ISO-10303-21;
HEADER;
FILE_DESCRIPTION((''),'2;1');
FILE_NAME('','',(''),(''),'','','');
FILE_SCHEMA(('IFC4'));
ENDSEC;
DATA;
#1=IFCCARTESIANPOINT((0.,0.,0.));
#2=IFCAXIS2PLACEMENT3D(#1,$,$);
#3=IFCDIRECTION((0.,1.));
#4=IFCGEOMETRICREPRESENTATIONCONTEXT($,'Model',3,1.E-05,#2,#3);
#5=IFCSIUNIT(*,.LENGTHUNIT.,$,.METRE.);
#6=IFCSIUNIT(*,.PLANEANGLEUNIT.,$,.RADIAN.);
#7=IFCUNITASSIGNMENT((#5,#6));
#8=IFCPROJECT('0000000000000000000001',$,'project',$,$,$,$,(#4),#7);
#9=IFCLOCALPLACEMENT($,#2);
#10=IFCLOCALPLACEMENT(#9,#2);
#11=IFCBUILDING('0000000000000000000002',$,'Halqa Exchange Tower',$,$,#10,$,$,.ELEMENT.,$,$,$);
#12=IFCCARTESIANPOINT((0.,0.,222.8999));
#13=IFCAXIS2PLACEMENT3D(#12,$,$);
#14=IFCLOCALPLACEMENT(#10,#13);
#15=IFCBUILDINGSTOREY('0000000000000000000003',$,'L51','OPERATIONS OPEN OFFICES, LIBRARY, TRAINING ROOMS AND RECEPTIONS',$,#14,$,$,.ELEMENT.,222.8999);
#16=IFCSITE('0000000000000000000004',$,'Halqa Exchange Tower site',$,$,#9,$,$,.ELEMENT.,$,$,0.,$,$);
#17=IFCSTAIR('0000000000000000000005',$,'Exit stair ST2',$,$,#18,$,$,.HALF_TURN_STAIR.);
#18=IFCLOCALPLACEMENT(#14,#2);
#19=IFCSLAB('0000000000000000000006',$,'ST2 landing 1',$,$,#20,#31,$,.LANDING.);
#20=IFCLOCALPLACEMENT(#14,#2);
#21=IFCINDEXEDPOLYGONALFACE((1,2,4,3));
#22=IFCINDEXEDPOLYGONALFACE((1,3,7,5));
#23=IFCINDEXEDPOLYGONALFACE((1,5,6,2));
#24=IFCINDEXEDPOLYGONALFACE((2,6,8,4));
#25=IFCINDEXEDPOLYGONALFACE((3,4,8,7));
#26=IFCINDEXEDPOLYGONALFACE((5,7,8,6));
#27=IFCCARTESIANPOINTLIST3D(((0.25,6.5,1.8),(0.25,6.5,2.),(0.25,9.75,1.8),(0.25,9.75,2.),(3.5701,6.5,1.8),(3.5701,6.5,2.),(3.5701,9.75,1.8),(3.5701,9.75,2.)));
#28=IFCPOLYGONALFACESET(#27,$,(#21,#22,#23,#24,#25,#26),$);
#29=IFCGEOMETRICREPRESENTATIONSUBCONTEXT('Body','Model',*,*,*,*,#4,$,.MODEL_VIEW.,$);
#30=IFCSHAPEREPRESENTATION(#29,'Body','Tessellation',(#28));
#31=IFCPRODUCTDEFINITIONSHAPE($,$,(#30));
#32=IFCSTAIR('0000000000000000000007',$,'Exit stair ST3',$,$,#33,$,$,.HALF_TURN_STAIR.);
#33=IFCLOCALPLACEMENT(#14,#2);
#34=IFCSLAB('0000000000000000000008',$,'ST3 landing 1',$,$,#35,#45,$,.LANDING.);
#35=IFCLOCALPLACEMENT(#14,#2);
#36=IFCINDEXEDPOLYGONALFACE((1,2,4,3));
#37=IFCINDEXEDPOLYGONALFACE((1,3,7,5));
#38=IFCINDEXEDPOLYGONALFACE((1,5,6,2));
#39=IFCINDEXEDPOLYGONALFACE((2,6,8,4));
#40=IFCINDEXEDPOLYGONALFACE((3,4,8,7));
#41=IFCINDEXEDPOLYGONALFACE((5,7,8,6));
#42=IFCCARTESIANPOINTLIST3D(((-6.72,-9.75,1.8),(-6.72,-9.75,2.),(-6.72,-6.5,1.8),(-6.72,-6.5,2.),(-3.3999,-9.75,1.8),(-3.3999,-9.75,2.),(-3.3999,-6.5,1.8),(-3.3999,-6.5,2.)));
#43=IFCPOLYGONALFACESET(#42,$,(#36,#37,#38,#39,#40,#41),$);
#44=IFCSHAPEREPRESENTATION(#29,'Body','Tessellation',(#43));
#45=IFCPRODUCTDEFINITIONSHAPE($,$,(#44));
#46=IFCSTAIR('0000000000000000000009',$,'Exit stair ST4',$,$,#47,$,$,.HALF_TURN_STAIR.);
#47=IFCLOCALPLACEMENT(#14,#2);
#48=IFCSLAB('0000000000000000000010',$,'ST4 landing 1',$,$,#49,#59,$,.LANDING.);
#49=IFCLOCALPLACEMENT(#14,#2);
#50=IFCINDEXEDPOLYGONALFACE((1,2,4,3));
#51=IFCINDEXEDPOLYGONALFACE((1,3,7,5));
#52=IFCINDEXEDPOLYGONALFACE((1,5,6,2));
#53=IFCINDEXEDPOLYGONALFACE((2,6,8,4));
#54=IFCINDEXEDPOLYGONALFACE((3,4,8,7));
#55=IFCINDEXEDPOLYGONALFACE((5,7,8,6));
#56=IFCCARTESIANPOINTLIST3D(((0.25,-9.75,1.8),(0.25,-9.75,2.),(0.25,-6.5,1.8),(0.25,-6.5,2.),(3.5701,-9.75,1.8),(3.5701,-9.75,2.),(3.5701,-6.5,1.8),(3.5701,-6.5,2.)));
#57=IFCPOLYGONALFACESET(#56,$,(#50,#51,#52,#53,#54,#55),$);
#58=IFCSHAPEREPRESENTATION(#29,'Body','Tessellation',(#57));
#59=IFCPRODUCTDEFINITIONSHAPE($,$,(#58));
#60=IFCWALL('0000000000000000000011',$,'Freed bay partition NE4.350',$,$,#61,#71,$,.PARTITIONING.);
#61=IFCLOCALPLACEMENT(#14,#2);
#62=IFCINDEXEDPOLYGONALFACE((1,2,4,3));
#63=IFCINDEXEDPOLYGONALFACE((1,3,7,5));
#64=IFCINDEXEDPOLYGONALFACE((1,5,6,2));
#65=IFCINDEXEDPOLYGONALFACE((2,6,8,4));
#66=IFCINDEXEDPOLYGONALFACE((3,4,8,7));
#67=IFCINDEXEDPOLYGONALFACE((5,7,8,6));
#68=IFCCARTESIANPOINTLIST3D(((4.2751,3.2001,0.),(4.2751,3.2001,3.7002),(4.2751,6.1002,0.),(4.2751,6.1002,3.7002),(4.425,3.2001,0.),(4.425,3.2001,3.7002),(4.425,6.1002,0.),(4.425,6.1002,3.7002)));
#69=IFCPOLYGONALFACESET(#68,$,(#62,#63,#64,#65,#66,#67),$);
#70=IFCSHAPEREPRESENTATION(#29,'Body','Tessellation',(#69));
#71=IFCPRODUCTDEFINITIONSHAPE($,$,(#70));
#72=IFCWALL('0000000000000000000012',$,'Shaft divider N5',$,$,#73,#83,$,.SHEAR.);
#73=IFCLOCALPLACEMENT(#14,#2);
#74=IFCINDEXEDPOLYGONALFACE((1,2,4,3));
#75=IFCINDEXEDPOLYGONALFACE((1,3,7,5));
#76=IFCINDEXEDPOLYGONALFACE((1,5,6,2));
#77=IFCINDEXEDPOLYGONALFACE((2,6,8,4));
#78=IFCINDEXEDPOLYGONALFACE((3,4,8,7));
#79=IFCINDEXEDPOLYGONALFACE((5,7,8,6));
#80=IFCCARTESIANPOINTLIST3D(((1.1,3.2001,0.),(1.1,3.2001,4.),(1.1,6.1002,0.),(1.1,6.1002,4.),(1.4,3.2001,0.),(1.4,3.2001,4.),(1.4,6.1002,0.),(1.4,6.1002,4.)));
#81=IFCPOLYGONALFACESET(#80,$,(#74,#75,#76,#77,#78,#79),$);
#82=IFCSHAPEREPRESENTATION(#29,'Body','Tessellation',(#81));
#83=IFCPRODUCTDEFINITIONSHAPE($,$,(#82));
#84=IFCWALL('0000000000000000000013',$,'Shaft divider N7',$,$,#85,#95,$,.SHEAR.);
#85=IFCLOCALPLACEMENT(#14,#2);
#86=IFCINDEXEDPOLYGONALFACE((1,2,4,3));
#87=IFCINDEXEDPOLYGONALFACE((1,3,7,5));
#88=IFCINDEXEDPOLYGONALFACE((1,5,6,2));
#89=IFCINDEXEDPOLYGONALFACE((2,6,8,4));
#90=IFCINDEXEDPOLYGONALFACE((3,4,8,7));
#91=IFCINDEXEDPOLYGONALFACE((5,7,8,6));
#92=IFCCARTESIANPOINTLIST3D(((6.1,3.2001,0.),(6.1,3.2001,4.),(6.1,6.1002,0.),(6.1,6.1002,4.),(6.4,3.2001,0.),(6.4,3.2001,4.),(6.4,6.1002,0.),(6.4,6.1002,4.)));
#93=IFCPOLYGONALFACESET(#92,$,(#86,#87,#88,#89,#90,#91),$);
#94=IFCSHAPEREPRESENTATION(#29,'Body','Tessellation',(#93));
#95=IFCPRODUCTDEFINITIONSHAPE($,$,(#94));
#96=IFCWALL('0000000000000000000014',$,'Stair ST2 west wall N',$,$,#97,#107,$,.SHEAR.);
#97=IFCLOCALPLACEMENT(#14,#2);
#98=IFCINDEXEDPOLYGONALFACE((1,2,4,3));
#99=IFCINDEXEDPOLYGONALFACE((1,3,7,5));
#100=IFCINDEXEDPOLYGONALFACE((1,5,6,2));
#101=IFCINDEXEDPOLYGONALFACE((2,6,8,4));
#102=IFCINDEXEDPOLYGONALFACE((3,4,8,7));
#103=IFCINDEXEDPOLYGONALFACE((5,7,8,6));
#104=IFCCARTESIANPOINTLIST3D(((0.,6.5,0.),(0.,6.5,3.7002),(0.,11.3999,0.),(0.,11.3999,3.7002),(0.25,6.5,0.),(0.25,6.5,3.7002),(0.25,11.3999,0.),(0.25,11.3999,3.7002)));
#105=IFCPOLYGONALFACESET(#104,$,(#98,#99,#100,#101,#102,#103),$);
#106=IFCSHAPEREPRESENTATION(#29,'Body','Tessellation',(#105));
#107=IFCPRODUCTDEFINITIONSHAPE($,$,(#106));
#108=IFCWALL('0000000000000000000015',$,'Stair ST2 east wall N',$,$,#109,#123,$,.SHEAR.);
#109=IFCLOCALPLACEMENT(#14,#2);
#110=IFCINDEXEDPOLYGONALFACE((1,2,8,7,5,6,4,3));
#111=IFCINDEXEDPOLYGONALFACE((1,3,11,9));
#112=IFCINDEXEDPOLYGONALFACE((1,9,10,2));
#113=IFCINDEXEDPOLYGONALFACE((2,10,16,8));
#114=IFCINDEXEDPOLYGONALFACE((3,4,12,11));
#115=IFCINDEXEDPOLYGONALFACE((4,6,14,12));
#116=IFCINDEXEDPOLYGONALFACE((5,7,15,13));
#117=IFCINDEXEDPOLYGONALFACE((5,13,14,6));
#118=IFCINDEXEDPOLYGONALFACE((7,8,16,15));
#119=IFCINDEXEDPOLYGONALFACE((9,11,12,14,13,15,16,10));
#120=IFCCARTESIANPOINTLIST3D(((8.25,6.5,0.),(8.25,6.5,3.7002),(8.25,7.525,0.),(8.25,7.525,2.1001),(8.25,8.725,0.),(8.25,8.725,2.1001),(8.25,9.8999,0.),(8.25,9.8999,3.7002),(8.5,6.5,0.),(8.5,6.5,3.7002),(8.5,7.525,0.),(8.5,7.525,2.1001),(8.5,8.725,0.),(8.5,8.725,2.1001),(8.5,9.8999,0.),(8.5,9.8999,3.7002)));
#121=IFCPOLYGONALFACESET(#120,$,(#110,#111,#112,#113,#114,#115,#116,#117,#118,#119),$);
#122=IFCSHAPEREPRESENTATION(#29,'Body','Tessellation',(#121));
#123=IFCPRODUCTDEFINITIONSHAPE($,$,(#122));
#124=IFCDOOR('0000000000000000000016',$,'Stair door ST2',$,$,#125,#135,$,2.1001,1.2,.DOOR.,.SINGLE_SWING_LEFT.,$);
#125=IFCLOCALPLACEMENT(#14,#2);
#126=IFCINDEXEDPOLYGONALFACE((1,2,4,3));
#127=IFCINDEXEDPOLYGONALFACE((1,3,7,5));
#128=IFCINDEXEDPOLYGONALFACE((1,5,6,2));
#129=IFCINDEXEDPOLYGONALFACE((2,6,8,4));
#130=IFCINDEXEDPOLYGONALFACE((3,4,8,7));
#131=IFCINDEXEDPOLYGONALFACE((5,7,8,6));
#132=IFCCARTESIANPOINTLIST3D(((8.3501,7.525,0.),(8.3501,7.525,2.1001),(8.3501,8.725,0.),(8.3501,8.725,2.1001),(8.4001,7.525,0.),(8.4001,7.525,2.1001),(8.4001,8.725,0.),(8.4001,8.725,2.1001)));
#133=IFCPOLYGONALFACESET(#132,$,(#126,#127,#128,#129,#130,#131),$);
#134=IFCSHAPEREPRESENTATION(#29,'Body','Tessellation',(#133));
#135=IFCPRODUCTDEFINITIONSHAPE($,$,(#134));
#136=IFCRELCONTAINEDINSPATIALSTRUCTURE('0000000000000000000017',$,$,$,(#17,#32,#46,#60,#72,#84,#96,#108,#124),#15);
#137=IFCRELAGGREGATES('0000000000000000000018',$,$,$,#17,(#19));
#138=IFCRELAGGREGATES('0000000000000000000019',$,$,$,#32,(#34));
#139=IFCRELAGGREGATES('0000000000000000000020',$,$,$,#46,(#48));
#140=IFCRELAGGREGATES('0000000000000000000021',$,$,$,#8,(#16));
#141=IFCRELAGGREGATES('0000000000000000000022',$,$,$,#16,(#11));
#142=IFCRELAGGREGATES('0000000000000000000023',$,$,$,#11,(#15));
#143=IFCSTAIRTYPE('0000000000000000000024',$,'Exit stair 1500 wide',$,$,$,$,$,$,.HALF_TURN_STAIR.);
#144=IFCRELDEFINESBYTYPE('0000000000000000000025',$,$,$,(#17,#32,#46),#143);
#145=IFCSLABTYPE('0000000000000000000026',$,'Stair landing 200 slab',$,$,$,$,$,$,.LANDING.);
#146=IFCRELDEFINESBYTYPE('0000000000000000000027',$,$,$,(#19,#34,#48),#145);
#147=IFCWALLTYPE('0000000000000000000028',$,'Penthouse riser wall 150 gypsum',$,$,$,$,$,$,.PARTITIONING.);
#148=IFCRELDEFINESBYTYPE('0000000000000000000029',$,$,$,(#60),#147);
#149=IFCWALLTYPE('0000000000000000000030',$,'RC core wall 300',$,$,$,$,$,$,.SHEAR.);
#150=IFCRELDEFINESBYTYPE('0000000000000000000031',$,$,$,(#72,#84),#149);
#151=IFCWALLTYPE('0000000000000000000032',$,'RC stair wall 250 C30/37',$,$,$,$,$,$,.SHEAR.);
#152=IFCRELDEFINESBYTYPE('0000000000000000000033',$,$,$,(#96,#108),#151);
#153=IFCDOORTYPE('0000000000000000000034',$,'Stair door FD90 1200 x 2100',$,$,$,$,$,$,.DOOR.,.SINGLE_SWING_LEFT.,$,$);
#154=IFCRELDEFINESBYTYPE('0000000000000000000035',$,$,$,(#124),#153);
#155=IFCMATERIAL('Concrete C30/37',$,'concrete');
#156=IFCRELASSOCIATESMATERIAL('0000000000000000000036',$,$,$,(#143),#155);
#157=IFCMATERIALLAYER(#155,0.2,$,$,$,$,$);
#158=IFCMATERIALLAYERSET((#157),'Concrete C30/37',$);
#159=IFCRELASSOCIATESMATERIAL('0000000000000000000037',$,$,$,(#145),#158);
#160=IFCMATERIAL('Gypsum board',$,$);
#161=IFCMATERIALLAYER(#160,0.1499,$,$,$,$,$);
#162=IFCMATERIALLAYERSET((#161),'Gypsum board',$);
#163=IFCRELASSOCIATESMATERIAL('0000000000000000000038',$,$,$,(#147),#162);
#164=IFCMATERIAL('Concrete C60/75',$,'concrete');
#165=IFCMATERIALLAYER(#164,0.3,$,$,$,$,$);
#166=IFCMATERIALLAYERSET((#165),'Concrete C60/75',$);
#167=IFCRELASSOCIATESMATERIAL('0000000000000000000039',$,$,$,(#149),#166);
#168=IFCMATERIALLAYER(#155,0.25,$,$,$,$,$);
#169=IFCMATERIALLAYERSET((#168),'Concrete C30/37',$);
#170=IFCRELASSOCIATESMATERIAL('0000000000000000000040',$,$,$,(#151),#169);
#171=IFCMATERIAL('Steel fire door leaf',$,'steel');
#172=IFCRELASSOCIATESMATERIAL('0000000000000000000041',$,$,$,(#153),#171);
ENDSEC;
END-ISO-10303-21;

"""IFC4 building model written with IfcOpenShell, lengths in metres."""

from ifc_helpers import new_model, si_unit, direction, frame, frame_2d, origin, place, context, subcontext, project, spatial, polyline, rectangle, outline, extrude, material, layer, layer_set, type_object, element, fill, aggregate, save


model = new_model("IFC4")

# Units and contexts
model_context = context("Model", 3, precision=1e-05, world=origin(), true_north=direction((0.0, 1.0)))
body_context = subcontext(model_context, "Body", "Model", "MODEL_VIEW")
ifc_project = project(units=[si_unit("LENGTHUNIT", "METRE"), si_unit("PLANEANGLEUNIT", "RADIAN")], contexts=[model_context])

# Site, building, storey
site_placement = place(None, origin())
site = spatial("IfcSite", under=ifc_project, at=site_placement, Name="Halqa Exchange Tower site", CompositionType="ELEMENT", RefElevation=0.0)
building_placement = place(site_placement, origin())
building = spatial("IfcBuilding", under=site, at=building_placement, Name="Halqa Exchange Tower", CompositionType="ELEMENT")
storey_placement = place(building_placement, frame((0.0, 0.0, 222.8999)))
storey = spatial("IfcBuildingStorey", under=building, at=storey_placement, Name="L51", Description="OPERATIONS OPEN OFFICES, LIBRARY, TRAINING ROOMS AND RECEPTIONS", CompositionType="ELEMENT", Elevation=222.8999)

# Shared definitions
ifc_material_1 = material(Name="Concrete C60/75", Category="concrete")

# Stairs, slabs
ifc_material_2 = material(Name="Concrete C30/37", Category="concrete")
stair_type = type_object("IfcStairType", Name="Exit stair 1500 wide", PredefinedType="HALF_TURN_STAIR", material=ifc_material_2)
ifc_layer_1 = layer(ifc_material_2, 0.2)
ifc_layer_set_1 = layer_set([ifc_layer_1], Name="Concrete C30/37")
slab_type_1 = type_object("IfcSlabType", Name="Stair landing 200 slab", PredefinedType="LANDING", material=ifc_layer_set_1)
stair_1_placement = place(storey_placement, origin())
stair_1 = element("IfcStair", 1, at=stair_1_placement, inside=storey, type_object=stair_type, Name="Exit stair ST2", PredefinedType="HALF_TURN_STAIR")
slab_1_placement = place(storey_placement, frame((0.0, 0.0, 1.8)))
slab_1 = element("IfcSlab", 2, at=slab_1_placement, type_object=slab_type_1, Name="ST2 landing 1", PredefinedType="LANDING", context=body_context, shape_type="SweptSolid", body=[
    extrude(outline(polyline([(0.25, 6.5), (3.5701, 6.5), (3.5701, 9.75), (0.25, 9.75), (0.25, 6.5)])), origin(), (0.0, 0.0, 1.0), 0.2),
])
aggregate(stair_1, [slab_1])
stair_2_placement = place(storey_placement, origin())
stair_2 = element("IfcStair", 3, at=stair_2_placement, inside=storey, type_object=stair_type, Name="Exit stair ST3", PredefinedType="HALF_TURN_STAIR")
slab_2_placement = place(storey_placement, frame((0.0, 0.0, 1.8)))
slab_2 = element("IfcSlab", 4, at=slab_2_placement, type_object=slab_type_1, Name="ST3 landing 1", PredefinedType="LANDING", context=body_context, shape_type="SweptSolid", body=[
    extrude(outline(polyline([(-6.72, -9.75), (-3.3999, -9.75), (-3.3999, -6.5), (-6.72, -6.5), (-6.72, -9.75)])), origin(), (0.0, 0.0, 1.0), 0.2),
])
aggregate(stair_2, [slab_2])
stair_3_placement = place(storey_placement, origin())
stair_3 = element("IfcStair", 5, at=stair_3_placement, inside=storey, type_object=stair_type, Name="Exit stair ST4", PredefinedType="HALF_TURN_STAIR")
slab_3_placement = place(storey_placement, frame((0.0, 0.0, 1.8)))
slab_3 = element("IfcSlab", 6, at=slab_3_placement, type_object=slab_type_1, Name="ST4 landing 1", PredefinedType="LANDING", context=body_context, shape_type="SweptSolid", body=[
    extrude(outline(polyline([(0.25, -9.75), (3.5701, -9.75), (3.5701, -6.5), (0.25, -6.5), (0.25, -9.75)])), origin(), (0.0, 0.0, 1.0), 0.2),
])
aggregate(stair_3, [slab_3])

# Walls
ifc_material_3 = material(Name="Gypsum board")
ifc_layer_2 = layer(ifc_material_3, 0.1499)
ifc_layer_set_2 = layer_set([ifc_layer_2], Name="Gypsum board")
wall_type_1 = type_object("IfcWallType", Name="Penthouse riser wall 150 gypsum", PredefinedType="PARTITIONING", material=ifc_layer_set_2)
wall_1_placement = place(storey_placement, frame((4.3501, 3.2, 0.0), z_axis=(0.0, 0.0, 1.0), x_axis=(0.0, 1.0, 0.0)))
element("IfcWall", 7, at=wall_1_placement, inside=storey, type_object=wall_type_1, Name="Freed bay partition NE4.350", PredefinedType="PARTITIONING", context=body_context, shape_type="SweptSolid", body=[
    extrude(rectangle(XDim=2.9001, YDim=0.1499, at=frame_2d((1.4502, 0.0))), origin(), (0.0, 0.0, 1.0), 3.7002),
])
ifc_layer_3 = layer(ifc_material_1, 0.3)
ifc_layer_set_3 = layer_set([ifc_layer_3], Name="Concrete C60/75")
wall_type_2 = type_object("IfcWallType", Name="RC core wall 300", PredefinedType="SHEAR", material=ifc_layer_set_3)
for number, where, z_axis, x_axis, name in (
    (8, (1.25, 3.2, 0.0), (0.0, 0.0, 1.0), (0.0, 1.0, 0.0), "Shaft divider N5"),
    (9, (6.25, 3.2, 0.0), (0.0, 0.0, 1.0), (0.0, 1.0, 0.0), "Shaft divider N7"),
):
    element("IfcWall", number, at=place(storey_placement, frame(where, z_axis=z_axis, x_axis=x_axis)), inside=storey, type_object=wall_type_2, Name=name, PredefinedType="SHEAR", context=body_context, shape_type="SweptSolid", body=[
        extrude(rectangle(XDim=2.9001, YDim=0.3, at=frame_2d((1.4502, 0.0))), origin(), (0.0, 0.0, 1.0), 4.0),
    ])
ifc_layer_4 = layer(ifc_material_2, 0.25)
ifc_layer_set_4 = layer_set([ifc_layer_4], Name="Concrete C30/37")
wall_type_3 = type_object("IfcWallType", Name="RC stair wall 250 C30/37", PredefinedType="SHEAR", material=ifc_layer_set_4)
wall_2_placement = place(storey_placement, frame((0.125, 6.5, 0.0), z_axis=(0.0, 0.0, 1.0), x_axis=(0.0, 1.0, 0.0)))
element("IfcWall", 10, at=wall_2_placement, inside=storey, type_object=wall_type_3, Name="Stair ST2 west wall N", PredefinedType="SHEAR", context=body_context, shape_type="SweptSolid", body=[
    extrude(rectangle(XDim=4.8999, YDim=0.25, at=frame_2d((2.45, 0.0))), origin(), (0.0, 0.0, 1.0), 3.7002),
])

# Wall, opening, door
wall_3_placement = place(storey_placement, frame((8.375, 6.5, 0.0), z_axis=(0.0, 0.0, 1.0), x_axis=(0.0, 1.0, 0.0)))
wall_3 = element("IfcWall", 11, at=wall_3_placement, inside=storey, type_object=wall_type_3, Name="Stair ST2 east wall N", PredefinedType="SHEAR", context=body_context, shape_type="SweptSolid", body=[
    extrude(rectangle(XDim=3.3999, YDim=0.25, at=frame_2d((1.7, 0.0))), origin(), (0.0, 0.0, 1.0), 3.7002),
])
opening_placement = place(wall_3_placement, frame((1.0249, 0.0, 0.0)))
opening = element("IfcOpeningElement", 12, at=opening_placement, cuts=wall_3, PredefinedType="OPENING", context=body_context, shape_type="SweptSolid", body=[
    extrude(rectangle(XDim=1.2, YDim=2.1001, at=frame_2d((0.6001, 1.05))), frame((0.0, 0.137, 0.0), z_axis=(0.0, -1.0, 0.0), x_axis=(1.0, 0.0, 0.0)), (0.0, 0.0, 1.0), 0.2739),
])
ifc_material_4 = material(Name="Steel fire door leaf", Category="steel")
door_type = type_object("IfcDoorType", Name="Stair door FD90 1200 x 2100", OperationType="SINGLE_SWING_LEFT", PredefinedType="DOOR", material=ifc_material_4)
door_placement = place(opening_placement, origin())
door = element("IfcDoor", 13, at=door_placement, inside=storey, type_object=door_type, Name="Stair door ST2", OperationType="SINGLE_SWING_LEFT", OverallHeight=2.1001, OverallWidth=1.2, PredefinedType="DOOR", context=body_context, shape_type="SweptSolid", body=[
    extrude(rectangle(XDim=1.2, YDim=2.1001, at=frame_2d((0.6001, 1.05))), frame((0.0, 0.0249, 0.0), z_axis=(0.0, -1.0, 0.0), x_axis=(1.0, 0.0, 0.0)), (0.0, 0.0, 1.0), 0.05),
])
fill(opening, door)

save(model, "model.ifc")
